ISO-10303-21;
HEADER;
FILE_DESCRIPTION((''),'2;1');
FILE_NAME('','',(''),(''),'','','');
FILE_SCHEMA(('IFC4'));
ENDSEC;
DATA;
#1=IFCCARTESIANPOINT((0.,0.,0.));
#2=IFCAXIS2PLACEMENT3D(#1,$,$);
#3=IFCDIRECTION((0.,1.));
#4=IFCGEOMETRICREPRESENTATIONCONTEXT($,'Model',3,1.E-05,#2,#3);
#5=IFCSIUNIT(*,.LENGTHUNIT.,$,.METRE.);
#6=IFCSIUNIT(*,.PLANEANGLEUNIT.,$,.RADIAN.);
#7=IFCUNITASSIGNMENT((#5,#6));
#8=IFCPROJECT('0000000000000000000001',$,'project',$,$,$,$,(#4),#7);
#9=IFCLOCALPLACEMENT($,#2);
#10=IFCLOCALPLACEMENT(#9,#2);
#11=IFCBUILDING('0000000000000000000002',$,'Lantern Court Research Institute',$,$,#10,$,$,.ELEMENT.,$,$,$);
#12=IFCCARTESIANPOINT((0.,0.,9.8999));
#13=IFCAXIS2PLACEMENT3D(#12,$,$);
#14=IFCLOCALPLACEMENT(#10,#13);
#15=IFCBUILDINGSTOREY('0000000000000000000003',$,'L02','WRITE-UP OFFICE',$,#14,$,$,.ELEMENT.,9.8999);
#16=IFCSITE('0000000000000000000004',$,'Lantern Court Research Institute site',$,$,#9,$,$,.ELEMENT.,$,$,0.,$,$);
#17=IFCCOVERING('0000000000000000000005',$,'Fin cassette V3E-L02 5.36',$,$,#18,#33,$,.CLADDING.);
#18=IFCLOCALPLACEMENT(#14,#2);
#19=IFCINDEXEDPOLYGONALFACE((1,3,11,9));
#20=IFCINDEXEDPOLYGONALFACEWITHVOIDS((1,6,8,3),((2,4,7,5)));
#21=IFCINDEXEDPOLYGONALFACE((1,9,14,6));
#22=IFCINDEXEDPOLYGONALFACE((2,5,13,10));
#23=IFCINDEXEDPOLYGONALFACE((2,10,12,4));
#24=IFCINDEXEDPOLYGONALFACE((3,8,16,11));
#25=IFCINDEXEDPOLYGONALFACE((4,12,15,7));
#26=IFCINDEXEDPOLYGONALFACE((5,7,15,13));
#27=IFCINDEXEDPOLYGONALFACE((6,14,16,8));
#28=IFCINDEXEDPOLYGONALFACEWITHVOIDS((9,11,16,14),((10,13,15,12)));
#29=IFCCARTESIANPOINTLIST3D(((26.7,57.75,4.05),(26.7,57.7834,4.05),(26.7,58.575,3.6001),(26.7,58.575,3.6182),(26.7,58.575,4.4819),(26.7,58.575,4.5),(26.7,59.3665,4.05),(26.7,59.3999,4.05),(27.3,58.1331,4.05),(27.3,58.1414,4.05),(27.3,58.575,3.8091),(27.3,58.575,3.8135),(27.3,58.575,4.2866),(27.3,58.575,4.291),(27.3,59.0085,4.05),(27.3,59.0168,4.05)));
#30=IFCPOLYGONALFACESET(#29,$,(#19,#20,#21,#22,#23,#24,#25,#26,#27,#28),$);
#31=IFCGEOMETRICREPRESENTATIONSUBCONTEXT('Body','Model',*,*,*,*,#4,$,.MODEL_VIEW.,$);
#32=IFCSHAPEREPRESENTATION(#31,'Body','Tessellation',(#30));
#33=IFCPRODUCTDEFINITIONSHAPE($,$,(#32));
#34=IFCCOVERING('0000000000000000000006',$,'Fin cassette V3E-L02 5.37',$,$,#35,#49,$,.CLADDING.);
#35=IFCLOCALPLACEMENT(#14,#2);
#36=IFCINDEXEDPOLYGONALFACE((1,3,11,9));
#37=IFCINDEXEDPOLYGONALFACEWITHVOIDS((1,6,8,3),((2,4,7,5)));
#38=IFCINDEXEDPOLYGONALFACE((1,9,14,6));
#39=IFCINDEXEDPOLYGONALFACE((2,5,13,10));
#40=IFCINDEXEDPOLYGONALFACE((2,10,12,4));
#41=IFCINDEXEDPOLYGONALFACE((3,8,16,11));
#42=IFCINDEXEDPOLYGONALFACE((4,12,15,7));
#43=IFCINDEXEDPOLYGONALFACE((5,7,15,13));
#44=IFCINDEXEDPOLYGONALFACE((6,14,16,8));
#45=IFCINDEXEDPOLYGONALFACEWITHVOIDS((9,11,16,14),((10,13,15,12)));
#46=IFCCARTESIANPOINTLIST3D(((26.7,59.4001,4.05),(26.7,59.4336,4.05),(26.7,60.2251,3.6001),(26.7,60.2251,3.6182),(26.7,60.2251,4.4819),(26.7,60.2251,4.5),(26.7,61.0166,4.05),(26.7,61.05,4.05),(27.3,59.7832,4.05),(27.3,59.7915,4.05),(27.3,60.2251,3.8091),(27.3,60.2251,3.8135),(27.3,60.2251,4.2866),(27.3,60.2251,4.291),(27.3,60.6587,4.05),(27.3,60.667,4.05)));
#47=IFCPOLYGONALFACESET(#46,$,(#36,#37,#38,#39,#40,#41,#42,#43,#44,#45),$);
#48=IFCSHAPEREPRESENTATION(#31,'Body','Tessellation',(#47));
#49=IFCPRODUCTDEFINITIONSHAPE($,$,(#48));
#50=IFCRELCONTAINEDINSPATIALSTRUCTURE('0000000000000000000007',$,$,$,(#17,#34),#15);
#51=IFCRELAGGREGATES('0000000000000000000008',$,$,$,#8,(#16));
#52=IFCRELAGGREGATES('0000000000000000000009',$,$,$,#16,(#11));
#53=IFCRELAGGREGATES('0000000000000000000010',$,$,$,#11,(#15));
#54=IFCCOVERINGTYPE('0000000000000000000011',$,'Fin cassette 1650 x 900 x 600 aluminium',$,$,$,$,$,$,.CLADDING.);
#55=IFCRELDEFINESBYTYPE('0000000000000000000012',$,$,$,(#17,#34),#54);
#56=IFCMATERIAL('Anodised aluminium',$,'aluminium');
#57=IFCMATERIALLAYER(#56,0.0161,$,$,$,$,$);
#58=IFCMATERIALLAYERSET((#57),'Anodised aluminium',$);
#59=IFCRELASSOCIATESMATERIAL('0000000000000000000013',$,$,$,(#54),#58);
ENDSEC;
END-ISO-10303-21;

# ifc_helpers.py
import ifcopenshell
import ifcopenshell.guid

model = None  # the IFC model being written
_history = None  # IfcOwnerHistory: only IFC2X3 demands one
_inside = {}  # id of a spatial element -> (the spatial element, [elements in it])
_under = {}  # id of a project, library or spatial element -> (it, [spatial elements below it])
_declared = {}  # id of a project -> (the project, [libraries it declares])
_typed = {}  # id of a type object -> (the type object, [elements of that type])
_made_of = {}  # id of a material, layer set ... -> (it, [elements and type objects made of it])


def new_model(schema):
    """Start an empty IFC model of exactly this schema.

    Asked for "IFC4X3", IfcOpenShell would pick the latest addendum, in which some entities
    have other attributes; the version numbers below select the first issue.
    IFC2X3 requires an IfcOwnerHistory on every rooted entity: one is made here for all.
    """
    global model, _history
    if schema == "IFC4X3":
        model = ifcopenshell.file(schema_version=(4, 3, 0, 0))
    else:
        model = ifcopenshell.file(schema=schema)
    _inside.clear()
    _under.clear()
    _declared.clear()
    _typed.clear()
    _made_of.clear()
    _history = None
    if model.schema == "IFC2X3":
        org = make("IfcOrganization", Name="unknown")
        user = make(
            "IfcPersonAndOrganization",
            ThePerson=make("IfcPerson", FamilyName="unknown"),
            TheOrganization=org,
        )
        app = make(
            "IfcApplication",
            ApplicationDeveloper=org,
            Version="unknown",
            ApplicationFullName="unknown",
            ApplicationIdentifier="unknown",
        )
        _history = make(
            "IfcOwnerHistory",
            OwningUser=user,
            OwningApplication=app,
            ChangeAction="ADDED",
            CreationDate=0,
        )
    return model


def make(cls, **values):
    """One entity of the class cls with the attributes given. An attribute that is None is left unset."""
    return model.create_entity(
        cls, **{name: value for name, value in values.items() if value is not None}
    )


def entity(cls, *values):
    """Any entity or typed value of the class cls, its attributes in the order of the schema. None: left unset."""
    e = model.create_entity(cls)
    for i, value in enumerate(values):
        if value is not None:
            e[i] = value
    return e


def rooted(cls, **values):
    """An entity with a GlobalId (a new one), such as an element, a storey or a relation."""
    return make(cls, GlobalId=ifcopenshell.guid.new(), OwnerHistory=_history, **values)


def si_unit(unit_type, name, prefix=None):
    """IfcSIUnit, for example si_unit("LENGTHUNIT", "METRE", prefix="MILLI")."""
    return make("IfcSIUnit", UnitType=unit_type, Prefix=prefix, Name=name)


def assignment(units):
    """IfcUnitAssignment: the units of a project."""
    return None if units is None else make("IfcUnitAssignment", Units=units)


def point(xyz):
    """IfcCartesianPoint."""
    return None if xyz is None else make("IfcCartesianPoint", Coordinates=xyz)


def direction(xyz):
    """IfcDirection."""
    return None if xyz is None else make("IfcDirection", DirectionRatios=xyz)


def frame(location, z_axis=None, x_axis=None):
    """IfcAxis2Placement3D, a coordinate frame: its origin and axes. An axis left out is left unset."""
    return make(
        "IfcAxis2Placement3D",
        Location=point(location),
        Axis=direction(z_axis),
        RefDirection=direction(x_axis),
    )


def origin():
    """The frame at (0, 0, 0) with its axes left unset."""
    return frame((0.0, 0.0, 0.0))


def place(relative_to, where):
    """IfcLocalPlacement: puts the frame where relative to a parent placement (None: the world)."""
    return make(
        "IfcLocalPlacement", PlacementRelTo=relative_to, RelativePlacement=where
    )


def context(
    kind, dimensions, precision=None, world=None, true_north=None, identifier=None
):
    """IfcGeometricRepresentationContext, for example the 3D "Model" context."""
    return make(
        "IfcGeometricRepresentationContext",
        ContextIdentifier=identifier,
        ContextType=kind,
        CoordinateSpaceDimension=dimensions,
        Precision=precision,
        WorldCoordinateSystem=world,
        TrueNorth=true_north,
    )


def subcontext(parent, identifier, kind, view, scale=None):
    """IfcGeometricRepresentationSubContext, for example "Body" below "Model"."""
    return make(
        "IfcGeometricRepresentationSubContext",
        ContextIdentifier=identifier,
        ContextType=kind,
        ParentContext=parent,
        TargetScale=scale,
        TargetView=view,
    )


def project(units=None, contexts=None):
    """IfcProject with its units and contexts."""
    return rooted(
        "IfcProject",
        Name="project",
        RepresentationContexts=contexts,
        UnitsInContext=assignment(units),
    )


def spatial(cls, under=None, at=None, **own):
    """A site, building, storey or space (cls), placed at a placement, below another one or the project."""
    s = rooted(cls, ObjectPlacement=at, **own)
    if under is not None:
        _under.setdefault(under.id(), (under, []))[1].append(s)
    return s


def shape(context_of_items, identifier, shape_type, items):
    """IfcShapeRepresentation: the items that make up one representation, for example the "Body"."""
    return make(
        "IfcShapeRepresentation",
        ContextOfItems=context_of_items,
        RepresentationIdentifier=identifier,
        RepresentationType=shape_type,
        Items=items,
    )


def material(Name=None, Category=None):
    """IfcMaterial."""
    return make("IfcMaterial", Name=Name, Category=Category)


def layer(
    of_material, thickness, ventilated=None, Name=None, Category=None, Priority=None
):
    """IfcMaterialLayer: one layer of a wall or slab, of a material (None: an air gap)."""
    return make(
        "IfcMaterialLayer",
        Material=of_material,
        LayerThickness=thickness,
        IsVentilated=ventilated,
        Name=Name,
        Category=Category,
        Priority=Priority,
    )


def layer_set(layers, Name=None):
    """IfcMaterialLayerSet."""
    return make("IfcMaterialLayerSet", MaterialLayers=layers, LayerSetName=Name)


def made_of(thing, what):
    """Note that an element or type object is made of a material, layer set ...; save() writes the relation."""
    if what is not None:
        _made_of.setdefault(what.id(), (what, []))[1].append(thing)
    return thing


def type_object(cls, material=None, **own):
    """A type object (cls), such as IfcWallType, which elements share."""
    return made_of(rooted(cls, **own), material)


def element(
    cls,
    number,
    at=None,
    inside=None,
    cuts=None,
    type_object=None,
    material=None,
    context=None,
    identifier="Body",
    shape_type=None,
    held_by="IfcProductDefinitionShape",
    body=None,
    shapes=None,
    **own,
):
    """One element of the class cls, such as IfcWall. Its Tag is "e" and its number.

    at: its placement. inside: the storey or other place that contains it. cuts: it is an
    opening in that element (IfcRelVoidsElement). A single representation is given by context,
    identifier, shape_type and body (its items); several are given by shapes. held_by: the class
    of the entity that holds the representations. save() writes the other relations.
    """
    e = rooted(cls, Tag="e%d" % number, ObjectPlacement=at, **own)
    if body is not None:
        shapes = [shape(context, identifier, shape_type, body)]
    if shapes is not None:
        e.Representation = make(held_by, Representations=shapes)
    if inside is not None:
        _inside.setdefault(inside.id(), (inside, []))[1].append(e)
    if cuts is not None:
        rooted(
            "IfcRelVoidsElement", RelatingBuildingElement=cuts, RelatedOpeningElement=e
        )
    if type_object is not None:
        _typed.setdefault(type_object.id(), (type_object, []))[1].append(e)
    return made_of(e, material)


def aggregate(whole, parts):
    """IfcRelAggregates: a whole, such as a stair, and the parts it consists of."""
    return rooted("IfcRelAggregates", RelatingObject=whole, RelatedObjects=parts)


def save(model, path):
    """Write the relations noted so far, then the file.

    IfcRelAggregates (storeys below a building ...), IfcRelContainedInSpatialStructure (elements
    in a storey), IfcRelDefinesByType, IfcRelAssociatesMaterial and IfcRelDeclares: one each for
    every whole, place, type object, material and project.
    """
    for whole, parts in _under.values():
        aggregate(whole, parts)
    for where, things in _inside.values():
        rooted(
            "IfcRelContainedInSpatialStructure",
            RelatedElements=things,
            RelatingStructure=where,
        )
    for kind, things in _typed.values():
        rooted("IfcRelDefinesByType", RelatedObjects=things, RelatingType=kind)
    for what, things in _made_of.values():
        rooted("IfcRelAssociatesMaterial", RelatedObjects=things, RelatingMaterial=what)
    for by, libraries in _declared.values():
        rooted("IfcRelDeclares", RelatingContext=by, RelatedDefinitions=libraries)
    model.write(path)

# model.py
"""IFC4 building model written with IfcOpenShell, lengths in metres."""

from ifc_helpers import new_model, entity, si_unit, direction, frame, origin, place, context, subcontext, project, spatial, material, layer, layer_set, type_object, element, save


model = new_model("IFC4")

# Units and contexts
model_context = context("Model", 3, precision=1e-05, world=origin(), true_north=direction((0.0, 1.0)))
body_context = subcontext(model_context, "Body", "Model", "MODEL_VIEW")
ifc_project = project(units=[si_unit("LENGTHUNIT", "METRE"), si_unit("PLANEANGLEUNIT", "RADIAN")], contexts=[model_context])

# Site, building, storey
site_placement = place(None, origin())
site = spatial("IfcSite", under=ifc_project, at=site_placement, Name="Lantern Court Research Institute site", CompositionType="ELEMENT", RefElevation=0.0)
building_placement = place(site_placement, origin())
building = spatial("IfcBuilding", under=site, at=building_placement, Name="Lantern Court Research Institute", CompositionType="ELEMENT")
storey_placement = place(building_placement, frame((0.0, 0.0, 9.8999)))
storey = spatial("IfcBuildingStorey", under=building, at=storey_placement, Name="L02", Description="WRITE-UP OFFICE", CompositionType="ELEMENT", Elevation=9.8999)

# Coverings
ifc_material_1 = material(Name="Anodised aluminium", Category="aluminium")
ifc_layer_1 = layer(ifc_material_1, 0.0161)
ifc_layer_set_1 = layer_set([ifc_layer_1], Name="Anodised aluminium")
covering_type_1 = type_object("IfcCoveringType", Name="Fin cassette 1650 x 900 x 600 aluminium", PredefinedType="CLADDING", material=ifc_layer_set_1)
covering_1_placement = place(storey_placement, frame((26.7, 58.575, 4.05), z_axis=(1.0, 0.0, 0.0), x_axis=(0.0, 1.0, 0.0)))
cartesian_point_1 = entity("IfcCartesianPoint", [0.825, 0.0])
cartesian_point_2 = entity("IfcCartesianPoint", [0.7915, 0.0])
cartesian_point_3 = entity("IfcCartesianPoint", [0.4419, 0.0])
cartesian_point_4 = entity("IfcCartesianPoint", [0.4336, 0.0])
element("IfcCovering", 1, at=covering_1_placement, inside=storey, type_object=covering_type_1, Name="Fin cassette V3E-L02 5.36", PredefinedType="CLADDING", context=body_context, shape_type="SweptSolid", body=[
    entity("IfcExtrudedAreaSolidTapered", entity("IfcArbitraryProfileDefWithVoids", "AREA", None, entity("IfcPolyline", [cartesian_point_1, entity("IfcCartesianPoint", [0.0, 0.45]), entity("IfcCartesianPoint", [-0.825, 0.0]), entity("IfcCartesianPoint", [0.0, -0.45]), cartesian_point_1]), [entity("IfcPolyline", [cartesian_point_2, entity("IfcCartesianPoint", [0.0, 0.4319]), entity("IfcCartesianPoint", [-0.7915, 0.0]), entity("IfcCartesianPoint", [0.0, -0.4319]), cartesian_point_2])]), entity("IfcAxis2Placement3D", entity("IfcCartesianPoint", [0.0, 0.0, 0.0])), entity("IfcDirection", [0.0, 0.0, 1.0]), 0.6001, entity("IfcArbitraryProfileDefWithVoids", "AREA", None, entity("IfcPolyline", [cartesian_point_3, entity("IfcCartesianPoint", [0.0, 0.241]), entity("IfcCartesianPoint", [-0.4419, 0.0]), entity("IfcCartesianPoint", [0.0, -0.241]), cartesian_point_3]), [entity("IfcPolyline", [cartesian_point_4, entity("IfcCartesianPoint", [0.0, 0.2366]), entity("IfcCartesianPoint", [-0.4336, 0.0]), entity("IfcCartesianPoint", [0.0, -0.2366]), cartesian_point_4])])),
])
covering_2_placement = place(storey_placement, frame((26.7, 60.2251, 4.05), z_axis=(1.0, 0.0, 0.0), x_axis=(0.0, 1.0, 0.0)))
cartesian_point_5 = entity("IfcCartesianPoint", [0.825, 0.0])
cartesian_point_6 = entity("IfcCartesianPoint", [0.7915, 0.0])
cartesian_point_7 = entity("IfcCartesianPoint", [0.4419, 0.0])
cartesian_point_8 = entity("IfcCartesianPoint", [0.4336, 0.0])
element("IfcCovering", 2, at=covering_2_placement, inside=storey, type_object=covering_type_1, Name="Fin cassette V3E-L02 5.37", PredefinedType="CLADDING", context=body_context, shape_type="SweptSolid", body=[
    entity("IfcExtrudedAreaSolidTapered", entity("IfcArbitraryProfileDefWithVoids", "AREA", None, entity("IfcPolyline", [cartesian_point_5, entity("IfcCartesianPoint", [0.0, 0.45]), entity("IfcCartesianPoint", [-0.825, 0.0]), entity("IfcCartesianPoint", [0.0, -0.45]), cartesian_point_5]), [entity("IfcPolyline", [cartesian_point_6, entity("IfcCartesianPoint", [0.0, 0.4319]), entity("IfcCartesianPoint", [-0.7915, 0.0]), entity("IfcCartesianPoint", [0.0, -0.4319]), cartesian_point_6])]), entity("IfcAxis2Placement3D", entity("IfcCartesianPoint", [0.0, 0.0, 0.0])), entity("IfcDirection", [0.0, 0.0, 1.0]), 0.6001, entity("IfcArbitraryProfileDefWithVoids", "AREA", None, entity("IfcPolyline", [cartesian_point_7, entity("IfcCartesianPoint", [0.0, 0.241]), entity("IfcCartesianPoint", [-0.4419, 0.0]), entity("IfcCartesianPoint", [0.0, -0.241]), cartesian_point_7]), [entity("IfcPolyline", [cartesian_point_8, entity("IfcCartesianPoint", [0.0, 0.2366]), entity("IfcCartesianPoint", [-0.4336, 0.0]), entity("IfcCartesianPoint", [0.0, -0.2366]), cartesian_point_8])])),
])

save(model, "model.ifc")
